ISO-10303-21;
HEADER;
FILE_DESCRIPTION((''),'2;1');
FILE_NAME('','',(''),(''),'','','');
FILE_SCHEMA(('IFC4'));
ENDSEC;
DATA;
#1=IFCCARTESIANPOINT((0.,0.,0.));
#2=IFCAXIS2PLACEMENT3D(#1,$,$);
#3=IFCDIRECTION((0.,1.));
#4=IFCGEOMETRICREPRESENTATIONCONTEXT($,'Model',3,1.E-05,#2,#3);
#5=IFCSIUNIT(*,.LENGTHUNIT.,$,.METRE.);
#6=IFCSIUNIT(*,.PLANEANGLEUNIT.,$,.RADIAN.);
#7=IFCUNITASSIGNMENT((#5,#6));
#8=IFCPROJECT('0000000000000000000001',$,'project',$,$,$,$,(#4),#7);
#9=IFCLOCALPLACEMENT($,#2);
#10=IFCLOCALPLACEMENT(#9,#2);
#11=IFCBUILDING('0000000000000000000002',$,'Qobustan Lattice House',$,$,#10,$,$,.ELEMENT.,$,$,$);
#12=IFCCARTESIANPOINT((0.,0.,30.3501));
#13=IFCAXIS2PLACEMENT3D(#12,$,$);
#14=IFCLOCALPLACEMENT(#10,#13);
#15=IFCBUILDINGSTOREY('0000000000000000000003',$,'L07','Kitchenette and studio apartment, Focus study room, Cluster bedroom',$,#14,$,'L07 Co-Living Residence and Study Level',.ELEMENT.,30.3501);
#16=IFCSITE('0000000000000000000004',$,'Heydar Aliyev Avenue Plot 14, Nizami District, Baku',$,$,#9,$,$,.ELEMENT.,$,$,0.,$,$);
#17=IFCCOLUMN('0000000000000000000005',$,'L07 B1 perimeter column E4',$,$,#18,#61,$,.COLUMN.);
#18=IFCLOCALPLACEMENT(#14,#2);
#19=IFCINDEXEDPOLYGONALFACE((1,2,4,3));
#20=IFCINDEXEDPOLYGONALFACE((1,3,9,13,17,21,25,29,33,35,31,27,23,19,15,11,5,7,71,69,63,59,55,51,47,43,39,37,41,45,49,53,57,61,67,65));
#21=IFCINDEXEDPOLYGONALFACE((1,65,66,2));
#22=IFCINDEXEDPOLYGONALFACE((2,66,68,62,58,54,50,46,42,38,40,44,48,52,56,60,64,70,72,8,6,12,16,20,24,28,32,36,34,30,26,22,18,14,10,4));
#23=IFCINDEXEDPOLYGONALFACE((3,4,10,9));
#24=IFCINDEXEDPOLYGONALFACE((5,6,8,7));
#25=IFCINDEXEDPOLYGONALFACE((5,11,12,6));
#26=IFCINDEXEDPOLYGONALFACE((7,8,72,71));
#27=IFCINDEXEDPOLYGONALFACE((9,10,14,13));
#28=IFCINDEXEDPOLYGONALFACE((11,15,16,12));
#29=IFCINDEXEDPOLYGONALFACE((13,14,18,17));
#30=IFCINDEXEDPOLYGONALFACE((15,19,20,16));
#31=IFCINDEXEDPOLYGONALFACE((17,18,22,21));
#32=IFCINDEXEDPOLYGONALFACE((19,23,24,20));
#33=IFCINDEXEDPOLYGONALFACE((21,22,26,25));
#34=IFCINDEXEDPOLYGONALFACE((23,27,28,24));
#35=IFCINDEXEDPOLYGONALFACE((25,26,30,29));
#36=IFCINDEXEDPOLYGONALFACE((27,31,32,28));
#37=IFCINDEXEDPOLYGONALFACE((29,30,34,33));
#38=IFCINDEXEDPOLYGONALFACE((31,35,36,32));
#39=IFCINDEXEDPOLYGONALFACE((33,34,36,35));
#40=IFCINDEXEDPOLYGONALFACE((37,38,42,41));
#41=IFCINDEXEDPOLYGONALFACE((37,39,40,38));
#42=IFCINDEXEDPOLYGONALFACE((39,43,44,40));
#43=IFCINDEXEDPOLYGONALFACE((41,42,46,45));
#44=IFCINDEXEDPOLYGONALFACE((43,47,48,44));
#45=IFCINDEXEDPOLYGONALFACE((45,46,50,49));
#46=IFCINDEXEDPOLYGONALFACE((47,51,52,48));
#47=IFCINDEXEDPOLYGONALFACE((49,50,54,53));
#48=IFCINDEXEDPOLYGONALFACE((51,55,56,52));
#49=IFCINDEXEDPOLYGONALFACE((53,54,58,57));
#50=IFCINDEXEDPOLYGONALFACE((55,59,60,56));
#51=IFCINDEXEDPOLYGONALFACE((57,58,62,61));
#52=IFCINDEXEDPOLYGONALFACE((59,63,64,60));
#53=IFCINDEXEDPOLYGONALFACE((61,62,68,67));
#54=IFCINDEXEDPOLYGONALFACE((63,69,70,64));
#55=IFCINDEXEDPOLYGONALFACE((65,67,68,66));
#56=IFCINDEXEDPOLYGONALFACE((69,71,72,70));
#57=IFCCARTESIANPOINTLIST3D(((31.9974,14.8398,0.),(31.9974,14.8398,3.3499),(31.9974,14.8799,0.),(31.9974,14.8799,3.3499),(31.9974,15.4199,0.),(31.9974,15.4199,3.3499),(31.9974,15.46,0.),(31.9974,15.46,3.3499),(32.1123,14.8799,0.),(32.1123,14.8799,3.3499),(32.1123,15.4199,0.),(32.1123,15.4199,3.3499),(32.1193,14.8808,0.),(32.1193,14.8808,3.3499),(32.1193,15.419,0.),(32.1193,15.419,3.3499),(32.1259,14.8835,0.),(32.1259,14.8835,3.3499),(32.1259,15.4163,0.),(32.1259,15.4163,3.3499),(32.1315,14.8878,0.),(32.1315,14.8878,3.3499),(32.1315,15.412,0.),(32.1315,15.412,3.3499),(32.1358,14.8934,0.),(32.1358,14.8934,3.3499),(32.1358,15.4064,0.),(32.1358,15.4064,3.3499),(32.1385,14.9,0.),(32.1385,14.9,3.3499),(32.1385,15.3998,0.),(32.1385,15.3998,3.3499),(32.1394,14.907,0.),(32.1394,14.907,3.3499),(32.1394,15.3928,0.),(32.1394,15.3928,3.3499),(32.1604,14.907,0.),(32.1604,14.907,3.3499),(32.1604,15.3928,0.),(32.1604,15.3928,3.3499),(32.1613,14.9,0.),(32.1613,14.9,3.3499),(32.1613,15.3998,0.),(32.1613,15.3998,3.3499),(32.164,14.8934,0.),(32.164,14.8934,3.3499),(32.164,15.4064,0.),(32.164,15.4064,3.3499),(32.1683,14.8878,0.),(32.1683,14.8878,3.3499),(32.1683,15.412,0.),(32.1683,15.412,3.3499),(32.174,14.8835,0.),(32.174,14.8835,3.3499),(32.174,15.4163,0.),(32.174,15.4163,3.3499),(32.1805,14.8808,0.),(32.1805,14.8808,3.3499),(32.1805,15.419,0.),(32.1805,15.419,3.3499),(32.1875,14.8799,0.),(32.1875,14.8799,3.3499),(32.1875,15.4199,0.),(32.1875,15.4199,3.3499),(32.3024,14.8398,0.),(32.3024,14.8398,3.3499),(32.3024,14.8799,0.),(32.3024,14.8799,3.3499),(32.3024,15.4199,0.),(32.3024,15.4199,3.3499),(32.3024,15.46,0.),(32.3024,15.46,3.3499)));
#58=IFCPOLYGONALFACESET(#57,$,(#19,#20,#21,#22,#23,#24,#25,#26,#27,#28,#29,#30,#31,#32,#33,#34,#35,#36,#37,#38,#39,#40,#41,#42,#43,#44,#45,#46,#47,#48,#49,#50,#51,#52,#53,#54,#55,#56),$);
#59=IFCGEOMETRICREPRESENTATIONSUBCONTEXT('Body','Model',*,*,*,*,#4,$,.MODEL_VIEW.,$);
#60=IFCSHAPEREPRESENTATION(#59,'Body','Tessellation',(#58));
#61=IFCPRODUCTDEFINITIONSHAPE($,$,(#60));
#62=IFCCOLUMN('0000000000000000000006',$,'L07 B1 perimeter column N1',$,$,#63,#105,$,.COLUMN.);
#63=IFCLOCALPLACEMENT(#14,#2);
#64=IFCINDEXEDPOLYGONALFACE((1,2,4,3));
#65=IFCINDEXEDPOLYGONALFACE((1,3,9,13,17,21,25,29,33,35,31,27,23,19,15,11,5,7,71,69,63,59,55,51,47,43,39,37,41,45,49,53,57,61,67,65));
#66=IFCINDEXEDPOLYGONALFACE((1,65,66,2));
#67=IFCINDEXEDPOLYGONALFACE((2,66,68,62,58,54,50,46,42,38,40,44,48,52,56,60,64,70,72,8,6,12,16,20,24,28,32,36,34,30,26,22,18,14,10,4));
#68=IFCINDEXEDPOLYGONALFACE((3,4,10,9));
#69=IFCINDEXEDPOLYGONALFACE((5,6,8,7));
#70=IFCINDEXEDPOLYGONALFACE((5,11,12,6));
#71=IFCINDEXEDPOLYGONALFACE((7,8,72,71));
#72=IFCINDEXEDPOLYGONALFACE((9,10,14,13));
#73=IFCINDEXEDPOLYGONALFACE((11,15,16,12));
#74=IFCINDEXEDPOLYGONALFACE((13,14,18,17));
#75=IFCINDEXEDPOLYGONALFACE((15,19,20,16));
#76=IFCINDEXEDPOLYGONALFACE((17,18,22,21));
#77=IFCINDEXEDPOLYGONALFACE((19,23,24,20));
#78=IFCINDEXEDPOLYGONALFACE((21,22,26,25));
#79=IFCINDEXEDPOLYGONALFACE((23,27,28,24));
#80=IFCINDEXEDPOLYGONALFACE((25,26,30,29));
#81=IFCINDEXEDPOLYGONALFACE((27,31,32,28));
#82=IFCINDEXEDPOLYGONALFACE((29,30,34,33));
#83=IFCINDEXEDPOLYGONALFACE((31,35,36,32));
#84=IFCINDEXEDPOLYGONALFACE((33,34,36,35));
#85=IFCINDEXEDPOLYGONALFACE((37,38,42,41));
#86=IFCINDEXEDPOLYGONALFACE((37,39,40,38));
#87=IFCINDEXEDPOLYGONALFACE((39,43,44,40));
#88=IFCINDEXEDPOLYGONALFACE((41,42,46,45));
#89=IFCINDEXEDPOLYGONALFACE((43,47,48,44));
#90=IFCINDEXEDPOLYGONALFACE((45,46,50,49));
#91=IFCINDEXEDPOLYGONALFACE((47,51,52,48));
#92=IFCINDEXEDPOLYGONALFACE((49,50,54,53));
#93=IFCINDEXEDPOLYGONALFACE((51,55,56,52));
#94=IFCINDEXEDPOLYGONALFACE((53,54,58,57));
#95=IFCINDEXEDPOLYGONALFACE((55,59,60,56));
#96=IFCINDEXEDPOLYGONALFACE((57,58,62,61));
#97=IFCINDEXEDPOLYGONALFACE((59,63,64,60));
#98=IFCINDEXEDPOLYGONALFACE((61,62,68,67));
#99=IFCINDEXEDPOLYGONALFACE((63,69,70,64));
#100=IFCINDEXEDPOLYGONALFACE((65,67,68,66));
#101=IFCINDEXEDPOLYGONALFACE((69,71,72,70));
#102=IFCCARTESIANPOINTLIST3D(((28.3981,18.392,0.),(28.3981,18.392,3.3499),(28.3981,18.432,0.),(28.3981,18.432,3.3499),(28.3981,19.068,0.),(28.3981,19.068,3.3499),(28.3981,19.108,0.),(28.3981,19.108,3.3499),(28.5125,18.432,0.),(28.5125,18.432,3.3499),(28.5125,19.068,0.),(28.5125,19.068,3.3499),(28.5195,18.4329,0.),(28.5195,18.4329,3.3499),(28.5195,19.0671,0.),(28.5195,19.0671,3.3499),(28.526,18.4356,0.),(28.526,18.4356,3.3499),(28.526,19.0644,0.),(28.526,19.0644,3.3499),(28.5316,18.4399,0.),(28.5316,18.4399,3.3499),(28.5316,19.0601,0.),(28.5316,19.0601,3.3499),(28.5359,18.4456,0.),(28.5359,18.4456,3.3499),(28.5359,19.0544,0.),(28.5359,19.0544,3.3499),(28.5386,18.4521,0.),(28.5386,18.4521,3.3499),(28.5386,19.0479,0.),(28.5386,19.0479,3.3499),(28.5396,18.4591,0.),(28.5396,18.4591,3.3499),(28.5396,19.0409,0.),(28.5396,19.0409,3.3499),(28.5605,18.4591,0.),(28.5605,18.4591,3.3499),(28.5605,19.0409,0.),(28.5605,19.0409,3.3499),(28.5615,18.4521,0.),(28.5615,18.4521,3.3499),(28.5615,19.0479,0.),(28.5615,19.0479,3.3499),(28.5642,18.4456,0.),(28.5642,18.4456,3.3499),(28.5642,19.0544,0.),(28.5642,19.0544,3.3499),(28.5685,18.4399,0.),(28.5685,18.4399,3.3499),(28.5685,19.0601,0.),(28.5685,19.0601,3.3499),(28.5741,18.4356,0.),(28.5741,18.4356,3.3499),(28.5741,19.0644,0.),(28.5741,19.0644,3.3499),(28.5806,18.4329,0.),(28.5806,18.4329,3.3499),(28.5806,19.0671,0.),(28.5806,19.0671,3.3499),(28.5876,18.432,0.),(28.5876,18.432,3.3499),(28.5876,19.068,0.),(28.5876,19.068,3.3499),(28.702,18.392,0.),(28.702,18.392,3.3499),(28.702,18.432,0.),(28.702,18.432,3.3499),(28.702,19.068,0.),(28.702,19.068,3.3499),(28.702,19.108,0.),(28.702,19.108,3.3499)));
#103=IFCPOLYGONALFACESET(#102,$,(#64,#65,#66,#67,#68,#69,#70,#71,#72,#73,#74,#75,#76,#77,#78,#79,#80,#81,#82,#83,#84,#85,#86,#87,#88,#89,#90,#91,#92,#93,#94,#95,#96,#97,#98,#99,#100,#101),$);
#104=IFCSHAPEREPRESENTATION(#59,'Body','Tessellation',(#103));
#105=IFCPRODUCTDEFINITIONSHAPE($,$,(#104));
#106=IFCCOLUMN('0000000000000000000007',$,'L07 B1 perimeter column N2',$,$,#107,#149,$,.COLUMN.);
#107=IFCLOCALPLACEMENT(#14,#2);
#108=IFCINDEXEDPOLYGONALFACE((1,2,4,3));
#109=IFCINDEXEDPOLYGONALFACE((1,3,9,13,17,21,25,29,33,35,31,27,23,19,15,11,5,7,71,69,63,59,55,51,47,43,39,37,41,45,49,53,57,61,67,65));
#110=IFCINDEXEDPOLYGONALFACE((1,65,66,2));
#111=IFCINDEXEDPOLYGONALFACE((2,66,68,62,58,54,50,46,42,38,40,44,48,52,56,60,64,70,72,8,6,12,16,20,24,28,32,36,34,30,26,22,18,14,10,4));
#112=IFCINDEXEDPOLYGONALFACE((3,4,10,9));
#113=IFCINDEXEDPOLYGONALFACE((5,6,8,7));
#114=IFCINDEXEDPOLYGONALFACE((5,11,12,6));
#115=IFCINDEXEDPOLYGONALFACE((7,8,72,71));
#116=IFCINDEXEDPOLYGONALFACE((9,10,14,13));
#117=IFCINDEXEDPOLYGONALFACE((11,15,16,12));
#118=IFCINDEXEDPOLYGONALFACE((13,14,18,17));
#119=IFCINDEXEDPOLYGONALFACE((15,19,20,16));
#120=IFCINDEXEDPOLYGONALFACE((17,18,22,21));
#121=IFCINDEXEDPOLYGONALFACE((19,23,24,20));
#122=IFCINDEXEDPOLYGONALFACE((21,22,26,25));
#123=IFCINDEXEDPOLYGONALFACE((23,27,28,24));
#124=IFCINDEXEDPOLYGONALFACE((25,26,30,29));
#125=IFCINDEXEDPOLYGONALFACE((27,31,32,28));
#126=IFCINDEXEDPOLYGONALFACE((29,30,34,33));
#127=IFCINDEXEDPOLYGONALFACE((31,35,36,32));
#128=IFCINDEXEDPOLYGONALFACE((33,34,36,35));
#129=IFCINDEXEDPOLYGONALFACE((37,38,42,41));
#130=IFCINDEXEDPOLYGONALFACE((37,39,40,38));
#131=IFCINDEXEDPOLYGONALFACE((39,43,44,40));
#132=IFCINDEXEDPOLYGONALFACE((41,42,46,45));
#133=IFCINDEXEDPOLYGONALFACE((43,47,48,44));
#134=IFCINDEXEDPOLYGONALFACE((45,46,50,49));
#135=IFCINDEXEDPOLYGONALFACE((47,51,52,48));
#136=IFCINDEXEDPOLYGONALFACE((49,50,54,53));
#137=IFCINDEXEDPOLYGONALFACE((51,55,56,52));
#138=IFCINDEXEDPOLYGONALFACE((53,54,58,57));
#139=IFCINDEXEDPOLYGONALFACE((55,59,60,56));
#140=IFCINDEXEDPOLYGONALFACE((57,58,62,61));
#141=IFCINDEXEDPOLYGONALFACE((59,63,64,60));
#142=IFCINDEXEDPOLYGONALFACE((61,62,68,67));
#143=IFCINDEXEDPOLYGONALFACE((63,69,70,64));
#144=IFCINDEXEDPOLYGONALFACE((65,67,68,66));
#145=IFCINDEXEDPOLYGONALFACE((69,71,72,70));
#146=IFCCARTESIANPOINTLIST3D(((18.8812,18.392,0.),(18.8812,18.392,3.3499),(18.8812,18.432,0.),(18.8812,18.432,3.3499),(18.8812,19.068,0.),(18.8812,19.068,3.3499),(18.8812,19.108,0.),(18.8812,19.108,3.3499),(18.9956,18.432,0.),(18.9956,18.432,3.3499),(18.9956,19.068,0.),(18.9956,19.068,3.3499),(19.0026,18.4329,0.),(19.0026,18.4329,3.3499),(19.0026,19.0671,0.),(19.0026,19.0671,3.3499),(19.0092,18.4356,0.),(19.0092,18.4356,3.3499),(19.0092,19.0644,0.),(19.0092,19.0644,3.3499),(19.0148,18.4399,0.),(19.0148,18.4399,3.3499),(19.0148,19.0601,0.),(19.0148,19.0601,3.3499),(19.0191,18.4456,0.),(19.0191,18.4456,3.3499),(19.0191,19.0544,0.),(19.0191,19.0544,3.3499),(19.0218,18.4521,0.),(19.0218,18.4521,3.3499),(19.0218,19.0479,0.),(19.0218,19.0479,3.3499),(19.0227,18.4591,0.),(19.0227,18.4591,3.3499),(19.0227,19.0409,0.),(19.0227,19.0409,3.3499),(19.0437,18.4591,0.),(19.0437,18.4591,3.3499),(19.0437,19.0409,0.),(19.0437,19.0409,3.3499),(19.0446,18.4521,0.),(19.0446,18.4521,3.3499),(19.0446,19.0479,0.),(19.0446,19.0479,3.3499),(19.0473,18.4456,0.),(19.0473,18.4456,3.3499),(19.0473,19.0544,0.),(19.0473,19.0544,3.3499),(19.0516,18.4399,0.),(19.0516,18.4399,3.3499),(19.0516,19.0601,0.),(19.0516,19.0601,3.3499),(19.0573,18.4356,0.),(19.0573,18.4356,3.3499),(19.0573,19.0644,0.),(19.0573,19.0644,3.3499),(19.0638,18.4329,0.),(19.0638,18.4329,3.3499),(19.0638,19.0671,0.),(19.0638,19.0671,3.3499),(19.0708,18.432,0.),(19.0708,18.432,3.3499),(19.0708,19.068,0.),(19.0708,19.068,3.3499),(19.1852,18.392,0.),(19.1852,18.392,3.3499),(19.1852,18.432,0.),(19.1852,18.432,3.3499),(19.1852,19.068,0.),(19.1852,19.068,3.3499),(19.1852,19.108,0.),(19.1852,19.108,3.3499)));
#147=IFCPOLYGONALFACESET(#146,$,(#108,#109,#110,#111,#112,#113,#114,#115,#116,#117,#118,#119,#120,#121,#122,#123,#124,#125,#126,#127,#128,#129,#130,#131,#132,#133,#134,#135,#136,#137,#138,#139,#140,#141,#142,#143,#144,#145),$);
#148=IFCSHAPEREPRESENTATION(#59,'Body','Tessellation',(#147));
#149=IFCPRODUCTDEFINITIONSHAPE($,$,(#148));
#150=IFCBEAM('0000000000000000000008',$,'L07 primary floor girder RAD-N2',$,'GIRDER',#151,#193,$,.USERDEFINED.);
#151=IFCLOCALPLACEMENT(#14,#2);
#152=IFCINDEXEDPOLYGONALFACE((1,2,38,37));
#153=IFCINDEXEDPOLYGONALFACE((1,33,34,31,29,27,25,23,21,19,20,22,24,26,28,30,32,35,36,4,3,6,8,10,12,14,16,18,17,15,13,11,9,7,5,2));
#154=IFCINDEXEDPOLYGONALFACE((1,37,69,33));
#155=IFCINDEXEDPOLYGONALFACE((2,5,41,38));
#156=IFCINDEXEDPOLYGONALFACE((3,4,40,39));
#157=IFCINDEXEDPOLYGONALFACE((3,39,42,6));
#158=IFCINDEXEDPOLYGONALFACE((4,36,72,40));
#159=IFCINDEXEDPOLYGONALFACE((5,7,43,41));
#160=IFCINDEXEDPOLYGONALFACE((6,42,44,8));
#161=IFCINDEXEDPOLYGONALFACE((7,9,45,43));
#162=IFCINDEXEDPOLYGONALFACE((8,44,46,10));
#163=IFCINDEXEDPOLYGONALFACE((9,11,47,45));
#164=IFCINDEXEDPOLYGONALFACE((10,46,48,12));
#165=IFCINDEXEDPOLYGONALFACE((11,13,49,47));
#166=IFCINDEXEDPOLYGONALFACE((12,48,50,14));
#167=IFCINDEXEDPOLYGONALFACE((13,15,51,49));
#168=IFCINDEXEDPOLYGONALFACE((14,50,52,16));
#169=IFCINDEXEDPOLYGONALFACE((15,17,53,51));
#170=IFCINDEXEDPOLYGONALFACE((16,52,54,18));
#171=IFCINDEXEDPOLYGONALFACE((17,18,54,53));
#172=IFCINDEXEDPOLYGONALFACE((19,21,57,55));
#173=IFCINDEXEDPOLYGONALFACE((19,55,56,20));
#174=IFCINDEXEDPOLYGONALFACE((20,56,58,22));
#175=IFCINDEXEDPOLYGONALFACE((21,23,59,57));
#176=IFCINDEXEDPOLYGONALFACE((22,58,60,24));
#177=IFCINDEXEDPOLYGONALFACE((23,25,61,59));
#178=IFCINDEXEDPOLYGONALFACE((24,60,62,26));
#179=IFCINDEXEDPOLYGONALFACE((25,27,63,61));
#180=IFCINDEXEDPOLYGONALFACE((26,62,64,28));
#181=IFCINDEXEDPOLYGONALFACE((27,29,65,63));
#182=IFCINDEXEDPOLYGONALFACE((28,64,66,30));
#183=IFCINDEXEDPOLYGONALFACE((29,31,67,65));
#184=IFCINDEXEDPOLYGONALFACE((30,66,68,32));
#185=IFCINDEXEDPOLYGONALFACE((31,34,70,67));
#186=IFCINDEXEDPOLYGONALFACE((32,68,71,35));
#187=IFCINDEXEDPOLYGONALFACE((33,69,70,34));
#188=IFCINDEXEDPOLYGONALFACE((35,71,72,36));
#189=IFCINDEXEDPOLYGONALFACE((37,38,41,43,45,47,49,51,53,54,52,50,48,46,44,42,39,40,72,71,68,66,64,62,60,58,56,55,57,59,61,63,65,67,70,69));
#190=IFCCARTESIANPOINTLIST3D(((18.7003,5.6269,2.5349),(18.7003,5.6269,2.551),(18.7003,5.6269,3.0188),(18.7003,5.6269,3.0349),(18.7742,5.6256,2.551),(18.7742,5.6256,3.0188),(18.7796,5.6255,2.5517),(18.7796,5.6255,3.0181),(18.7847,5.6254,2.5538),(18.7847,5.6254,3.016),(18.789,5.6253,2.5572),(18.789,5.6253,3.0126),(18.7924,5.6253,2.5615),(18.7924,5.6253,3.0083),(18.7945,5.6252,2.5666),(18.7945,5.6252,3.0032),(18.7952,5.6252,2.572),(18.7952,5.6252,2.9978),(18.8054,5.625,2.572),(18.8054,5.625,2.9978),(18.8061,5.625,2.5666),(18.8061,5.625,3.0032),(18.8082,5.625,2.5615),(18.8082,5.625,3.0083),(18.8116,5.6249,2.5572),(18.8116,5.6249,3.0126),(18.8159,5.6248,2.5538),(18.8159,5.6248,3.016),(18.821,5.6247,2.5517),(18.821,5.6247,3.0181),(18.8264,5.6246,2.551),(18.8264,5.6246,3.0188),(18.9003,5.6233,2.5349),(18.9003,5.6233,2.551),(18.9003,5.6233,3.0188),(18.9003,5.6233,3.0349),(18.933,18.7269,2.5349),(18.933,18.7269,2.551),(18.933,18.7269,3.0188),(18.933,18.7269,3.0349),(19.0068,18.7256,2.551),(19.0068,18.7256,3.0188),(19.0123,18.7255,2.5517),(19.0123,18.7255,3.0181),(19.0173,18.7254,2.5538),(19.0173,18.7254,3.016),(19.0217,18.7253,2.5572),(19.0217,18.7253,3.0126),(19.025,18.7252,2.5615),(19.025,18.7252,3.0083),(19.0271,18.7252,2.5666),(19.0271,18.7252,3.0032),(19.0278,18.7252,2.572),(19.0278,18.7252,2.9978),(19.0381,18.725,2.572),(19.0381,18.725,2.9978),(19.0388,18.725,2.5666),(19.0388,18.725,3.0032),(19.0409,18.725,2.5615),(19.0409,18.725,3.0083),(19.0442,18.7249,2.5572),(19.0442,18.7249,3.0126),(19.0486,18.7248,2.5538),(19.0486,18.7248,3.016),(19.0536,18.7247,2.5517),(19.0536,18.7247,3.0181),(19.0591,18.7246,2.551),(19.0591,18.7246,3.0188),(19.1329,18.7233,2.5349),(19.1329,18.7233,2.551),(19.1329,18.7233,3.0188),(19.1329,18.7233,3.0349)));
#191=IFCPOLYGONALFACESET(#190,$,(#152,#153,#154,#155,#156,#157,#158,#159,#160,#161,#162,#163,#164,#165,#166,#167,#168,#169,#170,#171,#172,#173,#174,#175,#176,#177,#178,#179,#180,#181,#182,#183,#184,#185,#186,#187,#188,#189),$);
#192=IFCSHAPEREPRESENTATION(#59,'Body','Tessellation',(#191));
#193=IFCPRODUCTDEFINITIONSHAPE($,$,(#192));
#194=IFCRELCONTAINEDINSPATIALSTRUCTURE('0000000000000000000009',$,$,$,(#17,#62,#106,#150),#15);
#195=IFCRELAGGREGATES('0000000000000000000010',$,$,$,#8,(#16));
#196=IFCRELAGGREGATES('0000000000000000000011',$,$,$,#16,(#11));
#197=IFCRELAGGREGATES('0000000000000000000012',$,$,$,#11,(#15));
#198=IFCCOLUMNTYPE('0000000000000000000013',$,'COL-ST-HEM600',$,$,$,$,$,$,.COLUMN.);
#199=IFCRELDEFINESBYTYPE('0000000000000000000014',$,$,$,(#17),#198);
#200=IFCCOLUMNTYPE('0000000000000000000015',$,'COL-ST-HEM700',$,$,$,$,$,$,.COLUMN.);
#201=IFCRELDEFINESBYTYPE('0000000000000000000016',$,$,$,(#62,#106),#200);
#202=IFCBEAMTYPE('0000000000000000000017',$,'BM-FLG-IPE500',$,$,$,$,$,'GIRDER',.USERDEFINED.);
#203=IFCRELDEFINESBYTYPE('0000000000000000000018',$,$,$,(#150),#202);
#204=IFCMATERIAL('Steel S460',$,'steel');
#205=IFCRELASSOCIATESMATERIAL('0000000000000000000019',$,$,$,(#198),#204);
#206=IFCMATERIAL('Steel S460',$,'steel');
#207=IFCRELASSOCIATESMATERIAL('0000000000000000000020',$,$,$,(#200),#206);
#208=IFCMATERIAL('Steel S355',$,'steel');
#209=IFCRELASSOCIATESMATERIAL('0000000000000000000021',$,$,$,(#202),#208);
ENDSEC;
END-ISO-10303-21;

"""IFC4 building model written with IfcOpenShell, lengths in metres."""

from ifc_helpers import new_model, si_unit, direction, frame, origin, origin_2d, place, context, subcontext, project, spatial, i_section, extrude, material, material_profile, profile_set, type_object, element, save


model = new_model("IFC4")

# Units and contexts
model_context = context("Model", 3, precision=1e-05, world=origin(), true_north=direction((0.0, 1.0)))
body_context = subcontext(model_context, "Body", "Model", "MODEL_VIEW")
ifc_project = project(units=[si_unit("LENGTHUNIT", "METRE"), si_unit("PLANEANGLEUNIT", "RADIAN")], contexts=[model_context])

# Site, building, storey
site_placement = place(None, origin())
site = spatial("IfcSite", under=ifc_project, at=site_placement, Name="Heydar Aliyev Avenue Plot 14, Nizami District, Baku", CompositionType="ELEMENT", RefElevation=0.0)
building_placement = place(site_placement, origin())
building = spatial("IfcBuilding", under=site, at=building_placement, Name="Qobustan Lattice House", CompositionType="ELEMENT")
storey_placement = place(building_placement, frame((0.0, 0.0, 30.3501)))
storey = spatial("IfcBuildingStorey", under=building, at=storey_placement, Name="L07", Description="Kitchenette and studio apartment, Focus study room, Cluster bedroom", LongName="L07 Co-Living Residence and Study Level", CompositionType="ELEMENT", Elevation=30.3501)

# Columns
ifc_material_1 = material(Name="Steel S460", Category="steel")
ifc_material_profile_1 = material_profile(ifc_material_1, i_section(OverallWidth=0.3049, OverallDepth=0.6201, WebThickness=0.021, FlangeThickness=0.04, FilletRadius=0.0271, at=origin_2d()), Name="HEM600")
ifc_profile_set_1 = profile_set([ifc_material_profile_1], Name="Steel S460")
column_type_1 = type_object("IfcColumnType", Name="COL-ST-HEM600", PredefinedType="COLUMN", material=ifc_profile_set_1)
column_placement = place(storey_placement, frame((32.1499, 15.1499, 0.0), z_axis=(0.0, 0.0, 1.0), x_axis=(1.0, 0.0, 0.0)))
element("IfcColumn", 1, at=column_placement, inside=storey, type_object=column_type_1, Name="L07 B1 perimeter column E4", PredefinedType="COLUMN", context=body_context, shape_type="SweptSolid", body=[
    extrude(i_section(OverallWidth=0.3049, OverallDepth=0.6201, WebThickness=0.021, FlangeThickness=0.04, FilletRadius=0.0271, at=origin_2d()), origin(), (0.0, 0.0, 1.0), 3.3499),
])
ifc_material_2 = material(Name="Steel S460", Category="steel")
ifc_material_profile_2 = material_profile(ifc_material_2, i_section(OverallWidth=0.304, OverallDepth=0.7161, WebThickness=0.021, FlangeThickness=0.04, FilletRadius=0.0271, at=origin_2d()), Name="HEM700")
ifc_profile_set_2 = profile_set([ifc_material_profile_2], Name="Steel S460")
column_type_2 = type_object("IfcColumnType", Name="COL-ST-HEM700", PredefinedType="COLUMN", material=ifc_profile_set_2)
for number, where, z_axis, x_axis, name in (
    (2, (28.55, 18.75, 0.0), (0.0, 0.0, 1.0), (1.0, 0.0, 0.0), "L07 B1 perimeter column N1"),
    (3, (19.0332, 18.75, 0.0), (0.0, 0.0, 1.0), (1.0, 0.0, 0.0), "L07 B1 perimeter column N2"),
):
    element("IfcColumn", number, at=place(storey_placement, frame(where, z_axis=z_axis, x_axis=x_axis)), inside=storey, type_object=column_type_2, Name=name, PredefinedType="COLUMN", context=body_context, shape_type="SweptSolid", body=[
        extrude(i_section(OverallWidth=0.304, OverallDepth=0.7161, WebThickness=0.021, FlangeThickness=0.04, FilletRadius=0.0271, at=origin_2d()), origin(), (0.0, 0.0, 1.0), 3.3499),
    ])

# Beam
ifc_material_3 = material(Name="Steel S355", Category="steel")
ifc_material_profile_3 = material_profile(ifc_material_3, i_section(OverallWidth=0.2, OverallDepth=0.5, WebThickness=0.0103, FlangeThickness=0.0161, FilletRadius=0.021, at=origin_2d()), Name="IPE500")
ifc_profile_set_3 = profile_set([ifc_material_profile_3], Name="Steel S355")
beam_type_1 = type_object("IfcBeamType", Name="BM-FLG-IPE500", ElementType="GIRDER", PredefinedType="USERDEFINED", material=ifc_profile_set_3)
beam_1_placement = place(storey_placement, frame((19.033, 18.7251, 2.7849), z_axis=(-0.017758, -0.999842, 0.0), x_axis=(0.999842, -0.017758, 0.0)))
element("IfcBeam", 4, at=beam_1_placement, inside=storey, type_object=beam_type_1, Name="L07 primary floor girder RAD-N2", ObjectType="GIRDER", PredefinedType="USERDEFINED", context=body_context, shape_type="SweptSolid", body=[
    extrude(i_section(OverallWidth=0.2, OverallDepth=0.5, WebThickness=0.0103, FlangeThickness=0.0161, FilletRadius=0.021, at=origin_2d()), origin(), (0.0, 0.0, 1.0), 13.1021),
])

save(model, "model.ifc")
